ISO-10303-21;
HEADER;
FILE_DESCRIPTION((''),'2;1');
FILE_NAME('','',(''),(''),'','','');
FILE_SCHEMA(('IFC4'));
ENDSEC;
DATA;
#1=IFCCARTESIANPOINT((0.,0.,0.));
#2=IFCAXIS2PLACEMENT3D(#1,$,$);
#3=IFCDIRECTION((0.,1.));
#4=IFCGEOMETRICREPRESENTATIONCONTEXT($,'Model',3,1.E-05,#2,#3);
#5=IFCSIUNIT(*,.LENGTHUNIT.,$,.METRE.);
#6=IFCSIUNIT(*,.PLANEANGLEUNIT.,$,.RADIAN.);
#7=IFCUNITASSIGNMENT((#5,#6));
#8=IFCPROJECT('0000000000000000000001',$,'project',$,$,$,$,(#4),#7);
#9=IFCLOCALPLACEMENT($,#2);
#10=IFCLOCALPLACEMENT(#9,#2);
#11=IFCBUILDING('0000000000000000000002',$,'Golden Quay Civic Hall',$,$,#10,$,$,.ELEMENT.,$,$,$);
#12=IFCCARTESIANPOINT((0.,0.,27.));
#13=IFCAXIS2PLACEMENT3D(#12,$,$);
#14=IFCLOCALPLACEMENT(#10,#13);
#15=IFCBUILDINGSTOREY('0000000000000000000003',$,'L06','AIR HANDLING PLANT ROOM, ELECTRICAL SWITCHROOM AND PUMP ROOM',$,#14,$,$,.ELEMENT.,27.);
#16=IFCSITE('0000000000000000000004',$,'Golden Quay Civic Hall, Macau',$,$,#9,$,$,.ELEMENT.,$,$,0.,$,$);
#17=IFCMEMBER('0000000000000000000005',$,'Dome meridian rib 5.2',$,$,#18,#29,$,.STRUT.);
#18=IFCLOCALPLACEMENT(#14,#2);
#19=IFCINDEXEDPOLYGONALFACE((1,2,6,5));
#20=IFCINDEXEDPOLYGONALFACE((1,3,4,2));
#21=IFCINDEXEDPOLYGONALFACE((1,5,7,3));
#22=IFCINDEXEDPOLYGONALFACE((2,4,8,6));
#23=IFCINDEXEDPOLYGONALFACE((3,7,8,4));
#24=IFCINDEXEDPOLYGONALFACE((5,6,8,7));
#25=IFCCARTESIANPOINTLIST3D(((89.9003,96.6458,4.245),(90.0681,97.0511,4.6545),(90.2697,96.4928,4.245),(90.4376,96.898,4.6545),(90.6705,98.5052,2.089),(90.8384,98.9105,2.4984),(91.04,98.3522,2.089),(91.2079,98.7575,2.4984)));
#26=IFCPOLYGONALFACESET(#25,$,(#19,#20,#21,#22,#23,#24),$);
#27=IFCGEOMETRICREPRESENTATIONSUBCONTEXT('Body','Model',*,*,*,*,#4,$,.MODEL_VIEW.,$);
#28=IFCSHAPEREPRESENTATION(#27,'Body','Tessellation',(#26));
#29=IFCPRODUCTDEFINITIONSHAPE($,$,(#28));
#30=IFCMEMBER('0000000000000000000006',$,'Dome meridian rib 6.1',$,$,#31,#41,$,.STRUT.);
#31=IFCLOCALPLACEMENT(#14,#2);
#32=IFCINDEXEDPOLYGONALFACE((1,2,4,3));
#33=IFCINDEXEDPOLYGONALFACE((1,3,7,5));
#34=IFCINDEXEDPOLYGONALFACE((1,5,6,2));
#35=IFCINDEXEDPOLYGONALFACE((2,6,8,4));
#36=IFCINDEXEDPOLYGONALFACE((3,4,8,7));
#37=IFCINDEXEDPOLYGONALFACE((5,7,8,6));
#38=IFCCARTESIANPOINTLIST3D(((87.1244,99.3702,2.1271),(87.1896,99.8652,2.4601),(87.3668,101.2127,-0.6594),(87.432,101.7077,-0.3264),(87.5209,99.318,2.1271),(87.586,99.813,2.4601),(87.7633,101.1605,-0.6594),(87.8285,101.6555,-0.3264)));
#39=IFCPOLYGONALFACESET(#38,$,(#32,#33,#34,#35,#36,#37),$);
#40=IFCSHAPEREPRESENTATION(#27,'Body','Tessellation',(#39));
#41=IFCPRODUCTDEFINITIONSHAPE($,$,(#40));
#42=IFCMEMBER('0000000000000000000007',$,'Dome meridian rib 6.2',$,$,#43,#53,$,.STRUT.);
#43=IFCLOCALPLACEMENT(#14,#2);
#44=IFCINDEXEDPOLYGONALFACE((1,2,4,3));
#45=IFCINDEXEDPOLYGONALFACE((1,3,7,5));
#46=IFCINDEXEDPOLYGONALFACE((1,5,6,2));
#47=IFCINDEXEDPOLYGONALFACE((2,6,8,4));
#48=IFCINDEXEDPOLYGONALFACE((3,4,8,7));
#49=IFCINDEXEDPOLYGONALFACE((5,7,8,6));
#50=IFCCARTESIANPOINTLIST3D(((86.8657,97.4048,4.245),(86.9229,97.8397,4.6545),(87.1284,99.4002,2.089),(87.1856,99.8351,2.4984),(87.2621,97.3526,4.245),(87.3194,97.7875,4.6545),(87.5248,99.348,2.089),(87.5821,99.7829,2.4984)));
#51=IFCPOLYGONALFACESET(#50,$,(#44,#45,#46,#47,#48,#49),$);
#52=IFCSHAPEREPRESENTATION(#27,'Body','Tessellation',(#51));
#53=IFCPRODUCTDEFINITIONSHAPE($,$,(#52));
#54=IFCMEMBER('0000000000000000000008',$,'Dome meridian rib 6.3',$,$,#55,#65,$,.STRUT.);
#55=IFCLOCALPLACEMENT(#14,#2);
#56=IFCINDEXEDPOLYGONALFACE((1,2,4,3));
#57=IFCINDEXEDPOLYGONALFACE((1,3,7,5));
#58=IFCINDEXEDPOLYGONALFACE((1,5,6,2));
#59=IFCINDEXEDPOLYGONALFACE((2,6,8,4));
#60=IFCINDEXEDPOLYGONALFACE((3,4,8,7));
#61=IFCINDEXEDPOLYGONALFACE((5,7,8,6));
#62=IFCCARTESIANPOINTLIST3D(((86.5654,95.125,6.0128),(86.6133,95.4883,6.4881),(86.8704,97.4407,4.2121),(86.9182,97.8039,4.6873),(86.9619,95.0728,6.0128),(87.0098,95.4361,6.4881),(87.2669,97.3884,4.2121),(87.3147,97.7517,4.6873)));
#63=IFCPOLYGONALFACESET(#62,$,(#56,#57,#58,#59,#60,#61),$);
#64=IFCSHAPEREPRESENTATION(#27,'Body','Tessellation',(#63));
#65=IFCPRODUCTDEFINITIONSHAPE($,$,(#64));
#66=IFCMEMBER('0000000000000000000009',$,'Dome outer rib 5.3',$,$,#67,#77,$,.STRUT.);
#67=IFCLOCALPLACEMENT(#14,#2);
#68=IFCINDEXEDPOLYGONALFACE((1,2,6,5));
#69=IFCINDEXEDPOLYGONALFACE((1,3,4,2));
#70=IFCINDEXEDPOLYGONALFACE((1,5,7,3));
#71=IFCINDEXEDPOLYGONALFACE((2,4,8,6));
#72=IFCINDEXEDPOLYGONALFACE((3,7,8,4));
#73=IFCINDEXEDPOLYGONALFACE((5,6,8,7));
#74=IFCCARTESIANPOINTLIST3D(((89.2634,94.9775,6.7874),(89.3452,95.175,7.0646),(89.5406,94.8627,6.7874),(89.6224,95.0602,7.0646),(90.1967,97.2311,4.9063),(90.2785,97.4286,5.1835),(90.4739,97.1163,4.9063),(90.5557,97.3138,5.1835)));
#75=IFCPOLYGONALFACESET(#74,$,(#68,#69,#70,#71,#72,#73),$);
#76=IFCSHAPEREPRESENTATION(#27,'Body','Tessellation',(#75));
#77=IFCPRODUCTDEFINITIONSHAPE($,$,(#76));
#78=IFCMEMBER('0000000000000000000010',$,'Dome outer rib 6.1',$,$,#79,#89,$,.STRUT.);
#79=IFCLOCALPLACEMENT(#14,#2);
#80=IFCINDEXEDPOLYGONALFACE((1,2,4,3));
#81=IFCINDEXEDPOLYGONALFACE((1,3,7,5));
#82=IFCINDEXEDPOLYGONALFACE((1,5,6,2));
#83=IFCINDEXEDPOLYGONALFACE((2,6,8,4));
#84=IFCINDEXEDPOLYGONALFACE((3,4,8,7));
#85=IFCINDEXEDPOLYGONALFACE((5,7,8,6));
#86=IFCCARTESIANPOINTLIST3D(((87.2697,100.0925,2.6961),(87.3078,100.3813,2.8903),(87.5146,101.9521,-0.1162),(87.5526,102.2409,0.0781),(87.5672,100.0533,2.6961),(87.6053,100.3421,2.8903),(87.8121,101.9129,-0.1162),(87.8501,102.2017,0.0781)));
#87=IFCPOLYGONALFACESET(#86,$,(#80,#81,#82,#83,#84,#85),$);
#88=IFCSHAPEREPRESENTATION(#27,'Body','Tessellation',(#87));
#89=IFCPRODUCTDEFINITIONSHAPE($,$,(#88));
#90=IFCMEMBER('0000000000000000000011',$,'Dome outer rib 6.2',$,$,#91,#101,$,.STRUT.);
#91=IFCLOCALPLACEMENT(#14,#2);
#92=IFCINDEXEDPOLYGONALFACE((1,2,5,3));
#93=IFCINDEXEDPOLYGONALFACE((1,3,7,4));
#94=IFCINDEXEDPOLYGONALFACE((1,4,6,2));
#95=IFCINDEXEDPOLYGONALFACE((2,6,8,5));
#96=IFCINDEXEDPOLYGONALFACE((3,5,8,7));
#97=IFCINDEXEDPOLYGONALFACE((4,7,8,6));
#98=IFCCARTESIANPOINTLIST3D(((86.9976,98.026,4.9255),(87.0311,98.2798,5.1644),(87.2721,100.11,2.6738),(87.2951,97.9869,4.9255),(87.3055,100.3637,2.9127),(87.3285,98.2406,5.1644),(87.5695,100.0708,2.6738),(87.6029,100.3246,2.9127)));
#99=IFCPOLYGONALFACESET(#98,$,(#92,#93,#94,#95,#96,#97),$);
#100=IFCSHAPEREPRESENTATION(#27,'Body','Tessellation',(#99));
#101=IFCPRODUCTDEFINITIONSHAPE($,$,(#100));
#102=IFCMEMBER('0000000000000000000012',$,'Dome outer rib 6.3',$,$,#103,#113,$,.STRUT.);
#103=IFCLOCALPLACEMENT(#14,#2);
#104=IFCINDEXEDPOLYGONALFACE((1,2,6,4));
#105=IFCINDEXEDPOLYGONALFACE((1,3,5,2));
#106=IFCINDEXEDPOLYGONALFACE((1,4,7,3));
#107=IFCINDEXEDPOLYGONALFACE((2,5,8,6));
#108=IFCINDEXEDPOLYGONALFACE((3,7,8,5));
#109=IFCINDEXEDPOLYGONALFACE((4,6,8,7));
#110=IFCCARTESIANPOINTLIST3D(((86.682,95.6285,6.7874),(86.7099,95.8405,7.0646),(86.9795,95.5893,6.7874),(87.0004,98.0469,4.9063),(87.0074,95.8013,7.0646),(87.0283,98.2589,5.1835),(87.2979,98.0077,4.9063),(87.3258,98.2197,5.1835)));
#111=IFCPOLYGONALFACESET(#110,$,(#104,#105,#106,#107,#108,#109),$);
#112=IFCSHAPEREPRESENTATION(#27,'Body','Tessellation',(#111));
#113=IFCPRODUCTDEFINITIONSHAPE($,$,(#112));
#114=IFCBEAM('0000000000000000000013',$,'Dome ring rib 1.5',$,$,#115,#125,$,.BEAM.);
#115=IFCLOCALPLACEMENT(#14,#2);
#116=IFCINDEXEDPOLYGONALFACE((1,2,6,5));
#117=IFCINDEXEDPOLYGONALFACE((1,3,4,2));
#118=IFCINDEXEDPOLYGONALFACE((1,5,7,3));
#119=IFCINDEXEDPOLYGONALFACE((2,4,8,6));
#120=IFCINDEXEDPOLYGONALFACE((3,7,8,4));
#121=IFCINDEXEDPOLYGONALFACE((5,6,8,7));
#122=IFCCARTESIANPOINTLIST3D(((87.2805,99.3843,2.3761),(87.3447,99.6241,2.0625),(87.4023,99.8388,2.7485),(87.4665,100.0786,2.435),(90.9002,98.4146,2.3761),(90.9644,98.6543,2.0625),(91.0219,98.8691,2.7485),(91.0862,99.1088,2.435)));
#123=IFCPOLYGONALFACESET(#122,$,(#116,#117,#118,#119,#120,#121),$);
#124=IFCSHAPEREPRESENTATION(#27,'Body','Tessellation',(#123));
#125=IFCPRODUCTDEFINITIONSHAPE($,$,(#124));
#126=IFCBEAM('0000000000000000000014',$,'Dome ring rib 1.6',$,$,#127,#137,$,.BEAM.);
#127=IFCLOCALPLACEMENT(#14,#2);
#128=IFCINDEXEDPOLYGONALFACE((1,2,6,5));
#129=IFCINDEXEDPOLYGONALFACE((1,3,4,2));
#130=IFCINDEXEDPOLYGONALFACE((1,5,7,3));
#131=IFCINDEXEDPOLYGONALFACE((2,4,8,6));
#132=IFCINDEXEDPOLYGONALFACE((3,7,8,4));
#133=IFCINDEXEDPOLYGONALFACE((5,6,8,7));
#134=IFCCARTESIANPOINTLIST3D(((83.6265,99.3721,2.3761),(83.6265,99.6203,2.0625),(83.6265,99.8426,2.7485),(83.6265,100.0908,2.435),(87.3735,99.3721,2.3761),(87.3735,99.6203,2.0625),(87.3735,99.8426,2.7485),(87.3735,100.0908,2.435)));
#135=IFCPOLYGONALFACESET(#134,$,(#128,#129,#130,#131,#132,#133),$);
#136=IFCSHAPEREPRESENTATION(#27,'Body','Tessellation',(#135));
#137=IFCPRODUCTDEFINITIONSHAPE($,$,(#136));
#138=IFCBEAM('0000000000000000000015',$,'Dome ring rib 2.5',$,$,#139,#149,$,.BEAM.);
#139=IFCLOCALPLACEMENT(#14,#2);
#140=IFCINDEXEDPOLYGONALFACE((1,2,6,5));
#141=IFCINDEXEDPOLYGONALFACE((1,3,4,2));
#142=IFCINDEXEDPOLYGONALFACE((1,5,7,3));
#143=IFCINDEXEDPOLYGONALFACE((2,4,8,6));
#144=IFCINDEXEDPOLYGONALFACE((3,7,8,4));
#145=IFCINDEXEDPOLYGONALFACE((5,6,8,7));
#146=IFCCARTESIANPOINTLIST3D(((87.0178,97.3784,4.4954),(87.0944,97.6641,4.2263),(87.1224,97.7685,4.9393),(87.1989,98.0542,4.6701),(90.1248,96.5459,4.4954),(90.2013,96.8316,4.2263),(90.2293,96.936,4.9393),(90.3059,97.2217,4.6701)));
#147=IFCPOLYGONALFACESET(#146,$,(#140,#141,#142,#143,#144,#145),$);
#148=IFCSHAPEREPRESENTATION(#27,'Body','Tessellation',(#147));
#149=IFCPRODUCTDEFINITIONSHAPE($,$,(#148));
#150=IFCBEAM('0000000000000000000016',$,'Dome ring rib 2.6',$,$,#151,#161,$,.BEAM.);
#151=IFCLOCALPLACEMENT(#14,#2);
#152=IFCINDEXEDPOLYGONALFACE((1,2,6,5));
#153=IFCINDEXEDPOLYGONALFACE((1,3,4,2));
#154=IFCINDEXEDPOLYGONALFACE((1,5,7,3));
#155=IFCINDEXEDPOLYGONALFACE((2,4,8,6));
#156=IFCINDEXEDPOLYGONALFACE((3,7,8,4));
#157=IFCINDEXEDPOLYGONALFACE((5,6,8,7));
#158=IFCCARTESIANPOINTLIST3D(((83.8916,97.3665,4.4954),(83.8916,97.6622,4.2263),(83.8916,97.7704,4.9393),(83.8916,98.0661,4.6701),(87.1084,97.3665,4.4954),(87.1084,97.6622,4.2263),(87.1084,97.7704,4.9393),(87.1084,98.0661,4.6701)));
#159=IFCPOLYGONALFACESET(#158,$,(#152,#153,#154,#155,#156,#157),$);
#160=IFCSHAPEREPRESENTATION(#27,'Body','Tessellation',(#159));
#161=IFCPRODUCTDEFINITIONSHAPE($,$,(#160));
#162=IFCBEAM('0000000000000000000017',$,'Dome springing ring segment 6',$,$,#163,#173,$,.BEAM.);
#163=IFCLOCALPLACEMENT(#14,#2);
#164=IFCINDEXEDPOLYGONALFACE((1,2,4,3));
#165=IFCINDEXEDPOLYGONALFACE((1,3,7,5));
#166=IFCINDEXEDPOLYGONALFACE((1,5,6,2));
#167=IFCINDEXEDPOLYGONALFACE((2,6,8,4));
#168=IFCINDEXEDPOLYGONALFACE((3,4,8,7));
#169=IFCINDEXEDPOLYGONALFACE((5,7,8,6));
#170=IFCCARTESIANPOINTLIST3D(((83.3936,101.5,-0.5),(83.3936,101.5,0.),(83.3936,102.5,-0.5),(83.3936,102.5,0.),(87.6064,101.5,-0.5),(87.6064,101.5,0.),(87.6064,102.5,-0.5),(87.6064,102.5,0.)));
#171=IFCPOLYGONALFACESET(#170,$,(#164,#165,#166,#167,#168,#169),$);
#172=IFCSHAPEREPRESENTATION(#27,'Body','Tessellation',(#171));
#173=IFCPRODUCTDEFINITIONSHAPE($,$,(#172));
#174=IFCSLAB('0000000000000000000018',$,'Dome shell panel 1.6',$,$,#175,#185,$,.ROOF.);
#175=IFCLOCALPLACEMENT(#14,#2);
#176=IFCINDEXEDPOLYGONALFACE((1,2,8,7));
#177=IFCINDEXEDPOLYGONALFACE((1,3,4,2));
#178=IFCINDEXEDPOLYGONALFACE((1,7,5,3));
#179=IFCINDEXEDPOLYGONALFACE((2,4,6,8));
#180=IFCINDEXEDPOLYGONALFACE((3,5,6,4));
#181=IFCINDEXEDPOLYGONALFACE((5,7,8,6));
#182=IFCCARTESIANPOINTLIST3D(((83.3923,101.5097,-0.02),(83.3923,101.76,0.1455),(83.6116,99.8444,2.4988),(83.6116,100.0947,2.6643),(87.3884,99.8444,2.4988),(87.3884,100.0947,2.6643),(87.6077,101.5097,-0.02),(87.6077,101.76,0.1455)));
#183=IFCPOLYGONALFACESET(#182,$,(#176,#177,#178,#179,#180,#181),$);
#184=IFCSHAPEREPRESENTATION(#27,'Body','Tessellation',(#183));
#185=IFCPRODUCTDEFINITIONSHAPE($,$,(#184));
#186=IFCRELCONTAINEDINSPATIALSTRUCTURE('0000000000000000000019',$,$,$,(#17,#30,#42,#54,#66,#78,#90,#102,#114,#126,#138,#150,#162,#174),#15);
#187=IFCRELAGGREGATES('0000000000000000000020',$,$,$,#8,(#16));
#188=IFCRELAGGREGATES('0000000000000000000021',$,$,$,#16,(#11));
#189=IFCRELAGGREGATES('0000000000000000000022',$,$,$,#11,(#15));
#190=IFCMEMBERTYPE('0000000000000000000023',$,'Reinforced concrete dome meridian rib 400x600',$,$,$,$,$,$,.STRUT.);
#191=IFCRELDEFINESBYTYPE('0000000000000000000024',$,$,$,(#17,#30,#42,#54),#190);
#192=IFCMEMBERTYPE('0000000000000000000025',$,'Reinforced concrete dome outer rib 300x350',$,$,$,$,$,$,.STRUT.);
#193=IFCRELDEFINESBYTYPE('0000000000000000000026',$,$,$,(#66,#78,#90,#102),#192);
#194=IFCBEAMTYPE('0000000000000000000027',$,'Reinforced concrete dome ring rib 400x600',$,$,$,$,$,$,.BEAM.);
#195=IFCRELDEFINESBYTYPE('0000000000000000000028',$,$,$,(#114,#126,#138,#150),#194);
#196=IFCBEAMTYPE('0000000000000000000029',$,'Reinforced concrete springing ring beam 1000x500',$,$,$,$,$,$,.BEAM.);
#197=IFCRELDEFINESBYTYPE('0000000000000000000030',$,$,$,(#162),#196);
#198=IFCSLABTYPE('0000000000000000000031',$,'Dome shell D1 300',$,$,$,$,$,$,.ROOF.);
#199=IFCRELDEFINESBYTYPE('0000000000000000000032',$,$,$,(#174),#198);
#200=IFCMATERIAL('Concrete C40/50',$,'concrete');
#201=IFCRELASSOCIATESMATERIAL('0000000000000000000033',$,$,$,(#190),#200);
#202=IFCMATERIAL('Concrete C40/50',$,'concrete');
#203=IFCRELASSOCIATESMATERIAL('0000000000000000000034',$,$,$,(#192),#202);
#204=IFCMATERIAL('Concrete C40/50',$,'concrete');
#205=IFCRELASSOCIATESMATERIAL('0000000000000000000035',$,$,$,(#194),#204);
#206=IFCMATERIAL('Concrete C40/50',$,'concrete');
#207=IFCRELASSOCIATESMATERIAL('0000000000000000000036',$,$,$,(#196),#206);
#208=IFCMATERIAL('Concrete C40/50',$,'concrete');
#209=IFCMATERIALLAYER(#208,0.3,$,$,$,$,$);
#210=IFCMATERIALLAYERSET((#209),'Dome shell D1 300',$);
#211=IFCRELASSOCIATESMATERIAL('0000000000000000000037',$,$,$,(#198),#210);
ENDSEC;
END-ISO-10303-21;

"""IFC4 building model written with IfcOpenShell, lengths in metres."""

from ifc_helpers import new_model, si_unit, direction, frame, origin, origin_2d, place, context, subcontext, project, spatial, polyline, rectangle, outline, extrude, material, layer, layer_set, material_profile, profile_set, type_object, element, save


model = new_model("IFC4")

# Units and contexts
model_context = context("Model", 3, precision=1e-05, world=origin(), true_north=direction((0.0, 1.0)))
body_context = subcontext(model_context, "Body", "Model", "MODEL_VIEW")
ifc_project = project(units=[si_unit("LENGTHUNIT", "METRE"), si_unit("PLANEANGLEUNIT", "RADIAN")], contexts=[model_context])

# Site, building, storey
site_placement = place(None, origin())
site = spatial("IfcSite", under=ifc_project, at=site_placement, Name="Golden Quay Civic Hall, Macau", CompositionType="ELEMENT", RefElevation=0.0)
building_placement = place(site_placement, origin())
building = spatial("IfcBuilding", under=site, at=building_placement, Name="Golden Quay Civic Hall", CompositionType="ELEMENT")
storey_placement = place(building_placement, frame((0.0, 0.0, 27.0)))
storey = spatial("IfcBuildingStorey", under=building, at=storey_placement, Name="L06", Description="AIR HANDLING PLANT ROOM, ELECTRICAL SWITCHROOM AND PUMP ROOM", CompositionType="ELEMENT", Elevation=27.0)

# Members
ifc_material_1 = material(Name="Concrete C40/50", Category="concrete")
ifc_material_profile_1 = material_profile(ifc_material_1, rectangle(XDim=0.3999, YDim=0.6001, at=origin_2d()), Name="RC 400x600")
ifc_profile_set_1 = profile_set([ifc_material_profile_1], Name="Concrete C40/50")
member_type_1 = type_object("IfcMemberType", Name="Reinforced concrete dome meridian rib 400x600", PredefinedType="STRUT", material=ifc_profile_set_1)
member_1_placement = place(storey_placement, frame((90.9392, 98.6313, 2.2937), z_axis=(-0.26116, -0.630425, 0.730999), x_axis=(0.923865, -0.38272, 0.0)))
element("IfcMember", 1, at=member_1_placement, inside=storey, type_object=member_type_1, Name="Dome meridian rib 5.2", PredefinedType="STRUT", context=body_context, shape_type="SweptSolid", body=[
    extrude(rectangle(XDim=0.3999, YDim=0.6001, at=origin_2d()), origin(), (0.0, 0.0, 1.0), 2.9495),
])
member_2_placement = place(storey_placement, frame((87.5977, 101.4341, -0.4929), z_axis=(-0.072379, -0.550096, 0.831959), x_axis=(0.991455, -0.130451, 0.0)))
element("IfcMember", 2, at=member_2_placement, inside=storey, type_object=member_type_1, Name="Dome meridian rib 6.1", PredefinedType="STRUT", context=body_context, shape_type="SweptSolid", body=[
    extrude(rectangle(XDim=0.3999, YDim=0.6001, at=origin_2d()), origin(), (0.0, 0.0, 1.0), 3.3494),
])
member_3_placement = place(storey_placement, frame((87.3552, 99.5916, 2.2937), z_axis=(-0.089068, -0.676536, 0.731003), x_axis=(0.991445, -0.130527, 0.0)))
element("IfcMember", 3, at=member_3_placement, inside=storey, type_object=member_type_1, Name="Dome meridian rib 6.2", PredefinedType="STRUT", context=body_context, shape_type="SweptSolid", body=[
    extrude(rectangle(XDim=0.3999, YDim=0.6001, at=origin_2d()), origin(), (0.0, 0.0, 1.0), 2.9495),
])
member_4_placement = place(storey_placement, frame((87.0925, 97.5962, 4.4497), z_axis=(-0.103393, -0.785171, 0.610587), x_axis=(0.991441, -0.130555, 0.0)))
element("IfcMember", 4, at=member_4_placement, inside=storey, type_object=member_type_1, Name="Dome meridian rib 6.3", PredefinedType="STRUT", context=body_context, shape_type="SweptSolid", body=[
    extrude(rectangle(XDim=0.3999, YDim=0.6001, at=origin_2d()), origin(), (0.0, 0.0, 1.0), 2.9492),
])
ifc_material_2 = material(Name="Concrete C40/50", Category="concrete")
ifc_material_profile_2 = material_profile(ifc_material_2, rectangle(XDim=0.3, YDim=0.3501, at=origin_2d()), Name="RC 300x350")
ifc_profile_set_2 = profile_set([ifc_material_profile_2], Name="Concrete C40/50")
member_type_2 = type_object("IfcMemberType", Name="Reinforced concrete dome outer rib 300x350", PredefinedType="STRUT", material=ifc_profile_set_2)
member_5_placement = place(storey_placement, frame((90.3762, 97.2725, 5.0449), z_axis=(-0.302999, -0.73162, 0.610674), x_axis=(0.923901, -0.382632, 0.0)))
element("IfcMember", 5, at=member_5_placement, inside=storey, type_object=member_type_2, Name="Dome outer rib 5.3", PredefinedType="STRUT", context=body_context, shape_type="SweptSolid", body=[
    extrude(rectangle(XDim=0.3, YDim=0.3501, at=origin_2d()), origin(), (0.0, 0.0, 1.0), 3.0803),
])
member_6_placement = place(storey_placement, frame((87.6824, 102.0769, -0.019), z_axis=(-0.07244, -0.550122, 0.831936), x_axis=(0.991441, -0.130552, 0.0)))
element("IfcMember", 6, at=member_6_placement, inside=storey, type_object=member_type_2, Name="Dome outer rib 6.1", PredefinedType="STRUT", context=body_context, shape_type="SweptSolid", body=[
    extrude(rectangle(XDim=0.3, YDim=0.3501, at=origin_2d()), origin(), (0.0, 0.0, 1.0), 3.3804),
])
for number, where, z_axis, x_axis, name in (
    (7, (87.4375, 100.2173, 2.7932), (-0.089086, -0.676544, 0.730994), (0.991442, -0.130551, 0.0), "Dome outer rib 6.2"),
    (8, (87.1631, 98.1333, 5.0449), (-0.10335, -0.785112, 0.610669), (0.991447, -0.130511, 0.0), "Dome outer rib 6.3"),
):
    element("IfcMember", number, at=place(storey_placement, frame(where, z_axis=z_axis, x_axis=x_axis)), inside=storey, type_object=member_type_2, Name=name, PredefinedType="STRUT", context=body_context, shape_type="SweptSolid", body=[
        extrude(rectangle(XDim=0.3, YDim=0.3501, at=origin_2d()), origin(), (0.0, 0.0, 1.0), 3.0803),
    ])

# Beams
ifc_material_3 = material(Name="Concrete C40/50", Category="concrete")
ifc_material_profile_3 = material_profile(ifc_material_3, rectangle(XDim=0.3999, YDim=0.6001, at=origin_2d()), Name="RC 400x600")
ifc_profile_set_3 = profile_set([ifc_material_profile_3], Name="Concrete C40/50")
beam_type_1 = type_object("IfcBeamType", Name="Reinforced concrete dome ring rib 400x600", PredefinedType="BEAM", material=ifc_profile_set_3)
beam_1_placement = place(storey_placement, frame((90.9932, 98.7617, 2.4055), z_axis=(-0.965936, 0.258782, 0.0), x_axis=(-0.160616, -0.599518, 0.784079)))
element("IfcBeam", 9, at=beam_1_placement, inside=storey, type_object=beam_type_1, Name="Dome ring rib 1.5", PredefinedType="BEAM", context=body_context, shape_type="SweptSolid", body=[
    extrude(rectangle(XDim=0.3999, YDim=0.6001, at=origin_2d()), origin(), (0.0, 0.0, 1.0), 3.7473),
])
beam_2_placement = place(storey_placement, frame((87.3735, 99.7314, 2.4055), z_axis=(-1.0, 0.0, 0.0), x_axis=(0.0, -0.620661, 0.784079)))
element("IfcBeam", 10, at=beam_2_placement, inside=storey, type_object=beam_type_1, Name="Dome ring rib 1.6", PredefinedType="BEAM", context=body_context, shape_type="SweptSolid", body=[
    extrude(rectangle(XDim=0.3999, YDim=0.6001, at=origin_2d()), origin(), (0.0, 0.0, 1.0), 3.7471),
])
beam_3_placement = place(storey_placement, frame((90.2153, 96.8838, 4.5828), z_axis=(-0.965924, 0.258825, 0.0), x_axis=(-0.191425, -0.714393, 0.673053)))
element("IfcBeam", 11, at=beam_3_placement, inside=storey, type_object=beam_type_1, Name="Dome ring rib 2.5", PredefinedType="BEAM", context=body_context, shape_type="SweptSolid", body=[
    extrude(rectangle(XDim=0.3999, YDim=0.6001, at=origin_2d()), origin(), (0.0, 0.0, 1.0), 3.2166),
])
beam_4_placement = place(storey_placement, frame((87.1084, 97.7163, 4.5828), z_axis=(-1.0, 0.0, 0.0), x_axis=(0.0, -0.739595, 0.673053)))
element("IfcBeam", 12, at=beam_4_placement, inside=storey, type_object=beam_type_1, Name="Dome ring rib 2.6", PredefinedType="BEAM", context=body_context, shape_type="SweptSolid", body=[
    extrude(rectangle(XDim=0.3999, YDim=0.6001, at=origin_2d()), origin(), (0.0, 0.0, 1.0), 3.2168),
])
ifc_material_4 = material(Name="Concrete C40/50", Category="concrete")
ifc_material_profile_4 = material_profile(ifc_material_4, rectangle(XDim=1.0, YDim=0.5, at=origin_2d()), Name="RC 1000x500")
ifc_profile_set_4 = profile_set([ifc_material_profile_4], Name="Concrete C40/50")
beam_type_2 = type_object("IfcBeamType", Name="Reinforced concrete springing ring beam 1000x500", PredefinedType="BEAM", material=ifc_profile_set_4)
beam_5_placement = place(storey_placement, frame((87.6064, 102.0, -0.25), z_axis=(-1.0, 0.0, 0.0), x_axis=(0.0, -1.0, 0.0)))
element("IfcBeam", 13, at=beam_5_placement, inside=storey, type_object=beam_type_2, Name="Dome springing ring segment 6", PredefinedType="BEAM", context=body_context, shape_type="SweptSolid", body=[
    extrude(rectangle(XDim=1.0, YDim=0.5, at=origin_2d()), origin(), (0.0, 0.0, 1.0), 4.2129),
])

# Slab
ifc_material_5 = material(Name="Concrete C40/50", Category="concrete")
ifc_layer_1 = layer(ifc_material_5, 0.3)
ifc_layer_set_1 = layer_set([ifc_layer_1], Name="Dome shell D1 300")
slab_type = type_object("IfcSlabType", Name="Dome shell D1 300", PredefinedType="ROOF", material=ifc_layer_set_1)
slab_1_placement = place(storey_placement, frame((87.6077, 101.76, 0.1455), z_axis=(0.0, 0.834171, 0.551505), x_axis=(-1.0, 0.0, 0.0)))
element("IfcSlab", 14, at=slab_1_placement, inside=storey, type_object=slab_type, Name="Dome shell panel 1.6", PredefinedType="ROOF", context=body_context, shape_type="SweptSolid", body=[
    extrude(outline(polyline([(0.0, 0.0), (4.2153, 0.0), (3.9961, 3.0195), (0.2192, 3.0195), (0.0, 0.0)])), origin(), (0.0, 0.0, -1.0), 0.3),
])

save(model, "model.ifc")
